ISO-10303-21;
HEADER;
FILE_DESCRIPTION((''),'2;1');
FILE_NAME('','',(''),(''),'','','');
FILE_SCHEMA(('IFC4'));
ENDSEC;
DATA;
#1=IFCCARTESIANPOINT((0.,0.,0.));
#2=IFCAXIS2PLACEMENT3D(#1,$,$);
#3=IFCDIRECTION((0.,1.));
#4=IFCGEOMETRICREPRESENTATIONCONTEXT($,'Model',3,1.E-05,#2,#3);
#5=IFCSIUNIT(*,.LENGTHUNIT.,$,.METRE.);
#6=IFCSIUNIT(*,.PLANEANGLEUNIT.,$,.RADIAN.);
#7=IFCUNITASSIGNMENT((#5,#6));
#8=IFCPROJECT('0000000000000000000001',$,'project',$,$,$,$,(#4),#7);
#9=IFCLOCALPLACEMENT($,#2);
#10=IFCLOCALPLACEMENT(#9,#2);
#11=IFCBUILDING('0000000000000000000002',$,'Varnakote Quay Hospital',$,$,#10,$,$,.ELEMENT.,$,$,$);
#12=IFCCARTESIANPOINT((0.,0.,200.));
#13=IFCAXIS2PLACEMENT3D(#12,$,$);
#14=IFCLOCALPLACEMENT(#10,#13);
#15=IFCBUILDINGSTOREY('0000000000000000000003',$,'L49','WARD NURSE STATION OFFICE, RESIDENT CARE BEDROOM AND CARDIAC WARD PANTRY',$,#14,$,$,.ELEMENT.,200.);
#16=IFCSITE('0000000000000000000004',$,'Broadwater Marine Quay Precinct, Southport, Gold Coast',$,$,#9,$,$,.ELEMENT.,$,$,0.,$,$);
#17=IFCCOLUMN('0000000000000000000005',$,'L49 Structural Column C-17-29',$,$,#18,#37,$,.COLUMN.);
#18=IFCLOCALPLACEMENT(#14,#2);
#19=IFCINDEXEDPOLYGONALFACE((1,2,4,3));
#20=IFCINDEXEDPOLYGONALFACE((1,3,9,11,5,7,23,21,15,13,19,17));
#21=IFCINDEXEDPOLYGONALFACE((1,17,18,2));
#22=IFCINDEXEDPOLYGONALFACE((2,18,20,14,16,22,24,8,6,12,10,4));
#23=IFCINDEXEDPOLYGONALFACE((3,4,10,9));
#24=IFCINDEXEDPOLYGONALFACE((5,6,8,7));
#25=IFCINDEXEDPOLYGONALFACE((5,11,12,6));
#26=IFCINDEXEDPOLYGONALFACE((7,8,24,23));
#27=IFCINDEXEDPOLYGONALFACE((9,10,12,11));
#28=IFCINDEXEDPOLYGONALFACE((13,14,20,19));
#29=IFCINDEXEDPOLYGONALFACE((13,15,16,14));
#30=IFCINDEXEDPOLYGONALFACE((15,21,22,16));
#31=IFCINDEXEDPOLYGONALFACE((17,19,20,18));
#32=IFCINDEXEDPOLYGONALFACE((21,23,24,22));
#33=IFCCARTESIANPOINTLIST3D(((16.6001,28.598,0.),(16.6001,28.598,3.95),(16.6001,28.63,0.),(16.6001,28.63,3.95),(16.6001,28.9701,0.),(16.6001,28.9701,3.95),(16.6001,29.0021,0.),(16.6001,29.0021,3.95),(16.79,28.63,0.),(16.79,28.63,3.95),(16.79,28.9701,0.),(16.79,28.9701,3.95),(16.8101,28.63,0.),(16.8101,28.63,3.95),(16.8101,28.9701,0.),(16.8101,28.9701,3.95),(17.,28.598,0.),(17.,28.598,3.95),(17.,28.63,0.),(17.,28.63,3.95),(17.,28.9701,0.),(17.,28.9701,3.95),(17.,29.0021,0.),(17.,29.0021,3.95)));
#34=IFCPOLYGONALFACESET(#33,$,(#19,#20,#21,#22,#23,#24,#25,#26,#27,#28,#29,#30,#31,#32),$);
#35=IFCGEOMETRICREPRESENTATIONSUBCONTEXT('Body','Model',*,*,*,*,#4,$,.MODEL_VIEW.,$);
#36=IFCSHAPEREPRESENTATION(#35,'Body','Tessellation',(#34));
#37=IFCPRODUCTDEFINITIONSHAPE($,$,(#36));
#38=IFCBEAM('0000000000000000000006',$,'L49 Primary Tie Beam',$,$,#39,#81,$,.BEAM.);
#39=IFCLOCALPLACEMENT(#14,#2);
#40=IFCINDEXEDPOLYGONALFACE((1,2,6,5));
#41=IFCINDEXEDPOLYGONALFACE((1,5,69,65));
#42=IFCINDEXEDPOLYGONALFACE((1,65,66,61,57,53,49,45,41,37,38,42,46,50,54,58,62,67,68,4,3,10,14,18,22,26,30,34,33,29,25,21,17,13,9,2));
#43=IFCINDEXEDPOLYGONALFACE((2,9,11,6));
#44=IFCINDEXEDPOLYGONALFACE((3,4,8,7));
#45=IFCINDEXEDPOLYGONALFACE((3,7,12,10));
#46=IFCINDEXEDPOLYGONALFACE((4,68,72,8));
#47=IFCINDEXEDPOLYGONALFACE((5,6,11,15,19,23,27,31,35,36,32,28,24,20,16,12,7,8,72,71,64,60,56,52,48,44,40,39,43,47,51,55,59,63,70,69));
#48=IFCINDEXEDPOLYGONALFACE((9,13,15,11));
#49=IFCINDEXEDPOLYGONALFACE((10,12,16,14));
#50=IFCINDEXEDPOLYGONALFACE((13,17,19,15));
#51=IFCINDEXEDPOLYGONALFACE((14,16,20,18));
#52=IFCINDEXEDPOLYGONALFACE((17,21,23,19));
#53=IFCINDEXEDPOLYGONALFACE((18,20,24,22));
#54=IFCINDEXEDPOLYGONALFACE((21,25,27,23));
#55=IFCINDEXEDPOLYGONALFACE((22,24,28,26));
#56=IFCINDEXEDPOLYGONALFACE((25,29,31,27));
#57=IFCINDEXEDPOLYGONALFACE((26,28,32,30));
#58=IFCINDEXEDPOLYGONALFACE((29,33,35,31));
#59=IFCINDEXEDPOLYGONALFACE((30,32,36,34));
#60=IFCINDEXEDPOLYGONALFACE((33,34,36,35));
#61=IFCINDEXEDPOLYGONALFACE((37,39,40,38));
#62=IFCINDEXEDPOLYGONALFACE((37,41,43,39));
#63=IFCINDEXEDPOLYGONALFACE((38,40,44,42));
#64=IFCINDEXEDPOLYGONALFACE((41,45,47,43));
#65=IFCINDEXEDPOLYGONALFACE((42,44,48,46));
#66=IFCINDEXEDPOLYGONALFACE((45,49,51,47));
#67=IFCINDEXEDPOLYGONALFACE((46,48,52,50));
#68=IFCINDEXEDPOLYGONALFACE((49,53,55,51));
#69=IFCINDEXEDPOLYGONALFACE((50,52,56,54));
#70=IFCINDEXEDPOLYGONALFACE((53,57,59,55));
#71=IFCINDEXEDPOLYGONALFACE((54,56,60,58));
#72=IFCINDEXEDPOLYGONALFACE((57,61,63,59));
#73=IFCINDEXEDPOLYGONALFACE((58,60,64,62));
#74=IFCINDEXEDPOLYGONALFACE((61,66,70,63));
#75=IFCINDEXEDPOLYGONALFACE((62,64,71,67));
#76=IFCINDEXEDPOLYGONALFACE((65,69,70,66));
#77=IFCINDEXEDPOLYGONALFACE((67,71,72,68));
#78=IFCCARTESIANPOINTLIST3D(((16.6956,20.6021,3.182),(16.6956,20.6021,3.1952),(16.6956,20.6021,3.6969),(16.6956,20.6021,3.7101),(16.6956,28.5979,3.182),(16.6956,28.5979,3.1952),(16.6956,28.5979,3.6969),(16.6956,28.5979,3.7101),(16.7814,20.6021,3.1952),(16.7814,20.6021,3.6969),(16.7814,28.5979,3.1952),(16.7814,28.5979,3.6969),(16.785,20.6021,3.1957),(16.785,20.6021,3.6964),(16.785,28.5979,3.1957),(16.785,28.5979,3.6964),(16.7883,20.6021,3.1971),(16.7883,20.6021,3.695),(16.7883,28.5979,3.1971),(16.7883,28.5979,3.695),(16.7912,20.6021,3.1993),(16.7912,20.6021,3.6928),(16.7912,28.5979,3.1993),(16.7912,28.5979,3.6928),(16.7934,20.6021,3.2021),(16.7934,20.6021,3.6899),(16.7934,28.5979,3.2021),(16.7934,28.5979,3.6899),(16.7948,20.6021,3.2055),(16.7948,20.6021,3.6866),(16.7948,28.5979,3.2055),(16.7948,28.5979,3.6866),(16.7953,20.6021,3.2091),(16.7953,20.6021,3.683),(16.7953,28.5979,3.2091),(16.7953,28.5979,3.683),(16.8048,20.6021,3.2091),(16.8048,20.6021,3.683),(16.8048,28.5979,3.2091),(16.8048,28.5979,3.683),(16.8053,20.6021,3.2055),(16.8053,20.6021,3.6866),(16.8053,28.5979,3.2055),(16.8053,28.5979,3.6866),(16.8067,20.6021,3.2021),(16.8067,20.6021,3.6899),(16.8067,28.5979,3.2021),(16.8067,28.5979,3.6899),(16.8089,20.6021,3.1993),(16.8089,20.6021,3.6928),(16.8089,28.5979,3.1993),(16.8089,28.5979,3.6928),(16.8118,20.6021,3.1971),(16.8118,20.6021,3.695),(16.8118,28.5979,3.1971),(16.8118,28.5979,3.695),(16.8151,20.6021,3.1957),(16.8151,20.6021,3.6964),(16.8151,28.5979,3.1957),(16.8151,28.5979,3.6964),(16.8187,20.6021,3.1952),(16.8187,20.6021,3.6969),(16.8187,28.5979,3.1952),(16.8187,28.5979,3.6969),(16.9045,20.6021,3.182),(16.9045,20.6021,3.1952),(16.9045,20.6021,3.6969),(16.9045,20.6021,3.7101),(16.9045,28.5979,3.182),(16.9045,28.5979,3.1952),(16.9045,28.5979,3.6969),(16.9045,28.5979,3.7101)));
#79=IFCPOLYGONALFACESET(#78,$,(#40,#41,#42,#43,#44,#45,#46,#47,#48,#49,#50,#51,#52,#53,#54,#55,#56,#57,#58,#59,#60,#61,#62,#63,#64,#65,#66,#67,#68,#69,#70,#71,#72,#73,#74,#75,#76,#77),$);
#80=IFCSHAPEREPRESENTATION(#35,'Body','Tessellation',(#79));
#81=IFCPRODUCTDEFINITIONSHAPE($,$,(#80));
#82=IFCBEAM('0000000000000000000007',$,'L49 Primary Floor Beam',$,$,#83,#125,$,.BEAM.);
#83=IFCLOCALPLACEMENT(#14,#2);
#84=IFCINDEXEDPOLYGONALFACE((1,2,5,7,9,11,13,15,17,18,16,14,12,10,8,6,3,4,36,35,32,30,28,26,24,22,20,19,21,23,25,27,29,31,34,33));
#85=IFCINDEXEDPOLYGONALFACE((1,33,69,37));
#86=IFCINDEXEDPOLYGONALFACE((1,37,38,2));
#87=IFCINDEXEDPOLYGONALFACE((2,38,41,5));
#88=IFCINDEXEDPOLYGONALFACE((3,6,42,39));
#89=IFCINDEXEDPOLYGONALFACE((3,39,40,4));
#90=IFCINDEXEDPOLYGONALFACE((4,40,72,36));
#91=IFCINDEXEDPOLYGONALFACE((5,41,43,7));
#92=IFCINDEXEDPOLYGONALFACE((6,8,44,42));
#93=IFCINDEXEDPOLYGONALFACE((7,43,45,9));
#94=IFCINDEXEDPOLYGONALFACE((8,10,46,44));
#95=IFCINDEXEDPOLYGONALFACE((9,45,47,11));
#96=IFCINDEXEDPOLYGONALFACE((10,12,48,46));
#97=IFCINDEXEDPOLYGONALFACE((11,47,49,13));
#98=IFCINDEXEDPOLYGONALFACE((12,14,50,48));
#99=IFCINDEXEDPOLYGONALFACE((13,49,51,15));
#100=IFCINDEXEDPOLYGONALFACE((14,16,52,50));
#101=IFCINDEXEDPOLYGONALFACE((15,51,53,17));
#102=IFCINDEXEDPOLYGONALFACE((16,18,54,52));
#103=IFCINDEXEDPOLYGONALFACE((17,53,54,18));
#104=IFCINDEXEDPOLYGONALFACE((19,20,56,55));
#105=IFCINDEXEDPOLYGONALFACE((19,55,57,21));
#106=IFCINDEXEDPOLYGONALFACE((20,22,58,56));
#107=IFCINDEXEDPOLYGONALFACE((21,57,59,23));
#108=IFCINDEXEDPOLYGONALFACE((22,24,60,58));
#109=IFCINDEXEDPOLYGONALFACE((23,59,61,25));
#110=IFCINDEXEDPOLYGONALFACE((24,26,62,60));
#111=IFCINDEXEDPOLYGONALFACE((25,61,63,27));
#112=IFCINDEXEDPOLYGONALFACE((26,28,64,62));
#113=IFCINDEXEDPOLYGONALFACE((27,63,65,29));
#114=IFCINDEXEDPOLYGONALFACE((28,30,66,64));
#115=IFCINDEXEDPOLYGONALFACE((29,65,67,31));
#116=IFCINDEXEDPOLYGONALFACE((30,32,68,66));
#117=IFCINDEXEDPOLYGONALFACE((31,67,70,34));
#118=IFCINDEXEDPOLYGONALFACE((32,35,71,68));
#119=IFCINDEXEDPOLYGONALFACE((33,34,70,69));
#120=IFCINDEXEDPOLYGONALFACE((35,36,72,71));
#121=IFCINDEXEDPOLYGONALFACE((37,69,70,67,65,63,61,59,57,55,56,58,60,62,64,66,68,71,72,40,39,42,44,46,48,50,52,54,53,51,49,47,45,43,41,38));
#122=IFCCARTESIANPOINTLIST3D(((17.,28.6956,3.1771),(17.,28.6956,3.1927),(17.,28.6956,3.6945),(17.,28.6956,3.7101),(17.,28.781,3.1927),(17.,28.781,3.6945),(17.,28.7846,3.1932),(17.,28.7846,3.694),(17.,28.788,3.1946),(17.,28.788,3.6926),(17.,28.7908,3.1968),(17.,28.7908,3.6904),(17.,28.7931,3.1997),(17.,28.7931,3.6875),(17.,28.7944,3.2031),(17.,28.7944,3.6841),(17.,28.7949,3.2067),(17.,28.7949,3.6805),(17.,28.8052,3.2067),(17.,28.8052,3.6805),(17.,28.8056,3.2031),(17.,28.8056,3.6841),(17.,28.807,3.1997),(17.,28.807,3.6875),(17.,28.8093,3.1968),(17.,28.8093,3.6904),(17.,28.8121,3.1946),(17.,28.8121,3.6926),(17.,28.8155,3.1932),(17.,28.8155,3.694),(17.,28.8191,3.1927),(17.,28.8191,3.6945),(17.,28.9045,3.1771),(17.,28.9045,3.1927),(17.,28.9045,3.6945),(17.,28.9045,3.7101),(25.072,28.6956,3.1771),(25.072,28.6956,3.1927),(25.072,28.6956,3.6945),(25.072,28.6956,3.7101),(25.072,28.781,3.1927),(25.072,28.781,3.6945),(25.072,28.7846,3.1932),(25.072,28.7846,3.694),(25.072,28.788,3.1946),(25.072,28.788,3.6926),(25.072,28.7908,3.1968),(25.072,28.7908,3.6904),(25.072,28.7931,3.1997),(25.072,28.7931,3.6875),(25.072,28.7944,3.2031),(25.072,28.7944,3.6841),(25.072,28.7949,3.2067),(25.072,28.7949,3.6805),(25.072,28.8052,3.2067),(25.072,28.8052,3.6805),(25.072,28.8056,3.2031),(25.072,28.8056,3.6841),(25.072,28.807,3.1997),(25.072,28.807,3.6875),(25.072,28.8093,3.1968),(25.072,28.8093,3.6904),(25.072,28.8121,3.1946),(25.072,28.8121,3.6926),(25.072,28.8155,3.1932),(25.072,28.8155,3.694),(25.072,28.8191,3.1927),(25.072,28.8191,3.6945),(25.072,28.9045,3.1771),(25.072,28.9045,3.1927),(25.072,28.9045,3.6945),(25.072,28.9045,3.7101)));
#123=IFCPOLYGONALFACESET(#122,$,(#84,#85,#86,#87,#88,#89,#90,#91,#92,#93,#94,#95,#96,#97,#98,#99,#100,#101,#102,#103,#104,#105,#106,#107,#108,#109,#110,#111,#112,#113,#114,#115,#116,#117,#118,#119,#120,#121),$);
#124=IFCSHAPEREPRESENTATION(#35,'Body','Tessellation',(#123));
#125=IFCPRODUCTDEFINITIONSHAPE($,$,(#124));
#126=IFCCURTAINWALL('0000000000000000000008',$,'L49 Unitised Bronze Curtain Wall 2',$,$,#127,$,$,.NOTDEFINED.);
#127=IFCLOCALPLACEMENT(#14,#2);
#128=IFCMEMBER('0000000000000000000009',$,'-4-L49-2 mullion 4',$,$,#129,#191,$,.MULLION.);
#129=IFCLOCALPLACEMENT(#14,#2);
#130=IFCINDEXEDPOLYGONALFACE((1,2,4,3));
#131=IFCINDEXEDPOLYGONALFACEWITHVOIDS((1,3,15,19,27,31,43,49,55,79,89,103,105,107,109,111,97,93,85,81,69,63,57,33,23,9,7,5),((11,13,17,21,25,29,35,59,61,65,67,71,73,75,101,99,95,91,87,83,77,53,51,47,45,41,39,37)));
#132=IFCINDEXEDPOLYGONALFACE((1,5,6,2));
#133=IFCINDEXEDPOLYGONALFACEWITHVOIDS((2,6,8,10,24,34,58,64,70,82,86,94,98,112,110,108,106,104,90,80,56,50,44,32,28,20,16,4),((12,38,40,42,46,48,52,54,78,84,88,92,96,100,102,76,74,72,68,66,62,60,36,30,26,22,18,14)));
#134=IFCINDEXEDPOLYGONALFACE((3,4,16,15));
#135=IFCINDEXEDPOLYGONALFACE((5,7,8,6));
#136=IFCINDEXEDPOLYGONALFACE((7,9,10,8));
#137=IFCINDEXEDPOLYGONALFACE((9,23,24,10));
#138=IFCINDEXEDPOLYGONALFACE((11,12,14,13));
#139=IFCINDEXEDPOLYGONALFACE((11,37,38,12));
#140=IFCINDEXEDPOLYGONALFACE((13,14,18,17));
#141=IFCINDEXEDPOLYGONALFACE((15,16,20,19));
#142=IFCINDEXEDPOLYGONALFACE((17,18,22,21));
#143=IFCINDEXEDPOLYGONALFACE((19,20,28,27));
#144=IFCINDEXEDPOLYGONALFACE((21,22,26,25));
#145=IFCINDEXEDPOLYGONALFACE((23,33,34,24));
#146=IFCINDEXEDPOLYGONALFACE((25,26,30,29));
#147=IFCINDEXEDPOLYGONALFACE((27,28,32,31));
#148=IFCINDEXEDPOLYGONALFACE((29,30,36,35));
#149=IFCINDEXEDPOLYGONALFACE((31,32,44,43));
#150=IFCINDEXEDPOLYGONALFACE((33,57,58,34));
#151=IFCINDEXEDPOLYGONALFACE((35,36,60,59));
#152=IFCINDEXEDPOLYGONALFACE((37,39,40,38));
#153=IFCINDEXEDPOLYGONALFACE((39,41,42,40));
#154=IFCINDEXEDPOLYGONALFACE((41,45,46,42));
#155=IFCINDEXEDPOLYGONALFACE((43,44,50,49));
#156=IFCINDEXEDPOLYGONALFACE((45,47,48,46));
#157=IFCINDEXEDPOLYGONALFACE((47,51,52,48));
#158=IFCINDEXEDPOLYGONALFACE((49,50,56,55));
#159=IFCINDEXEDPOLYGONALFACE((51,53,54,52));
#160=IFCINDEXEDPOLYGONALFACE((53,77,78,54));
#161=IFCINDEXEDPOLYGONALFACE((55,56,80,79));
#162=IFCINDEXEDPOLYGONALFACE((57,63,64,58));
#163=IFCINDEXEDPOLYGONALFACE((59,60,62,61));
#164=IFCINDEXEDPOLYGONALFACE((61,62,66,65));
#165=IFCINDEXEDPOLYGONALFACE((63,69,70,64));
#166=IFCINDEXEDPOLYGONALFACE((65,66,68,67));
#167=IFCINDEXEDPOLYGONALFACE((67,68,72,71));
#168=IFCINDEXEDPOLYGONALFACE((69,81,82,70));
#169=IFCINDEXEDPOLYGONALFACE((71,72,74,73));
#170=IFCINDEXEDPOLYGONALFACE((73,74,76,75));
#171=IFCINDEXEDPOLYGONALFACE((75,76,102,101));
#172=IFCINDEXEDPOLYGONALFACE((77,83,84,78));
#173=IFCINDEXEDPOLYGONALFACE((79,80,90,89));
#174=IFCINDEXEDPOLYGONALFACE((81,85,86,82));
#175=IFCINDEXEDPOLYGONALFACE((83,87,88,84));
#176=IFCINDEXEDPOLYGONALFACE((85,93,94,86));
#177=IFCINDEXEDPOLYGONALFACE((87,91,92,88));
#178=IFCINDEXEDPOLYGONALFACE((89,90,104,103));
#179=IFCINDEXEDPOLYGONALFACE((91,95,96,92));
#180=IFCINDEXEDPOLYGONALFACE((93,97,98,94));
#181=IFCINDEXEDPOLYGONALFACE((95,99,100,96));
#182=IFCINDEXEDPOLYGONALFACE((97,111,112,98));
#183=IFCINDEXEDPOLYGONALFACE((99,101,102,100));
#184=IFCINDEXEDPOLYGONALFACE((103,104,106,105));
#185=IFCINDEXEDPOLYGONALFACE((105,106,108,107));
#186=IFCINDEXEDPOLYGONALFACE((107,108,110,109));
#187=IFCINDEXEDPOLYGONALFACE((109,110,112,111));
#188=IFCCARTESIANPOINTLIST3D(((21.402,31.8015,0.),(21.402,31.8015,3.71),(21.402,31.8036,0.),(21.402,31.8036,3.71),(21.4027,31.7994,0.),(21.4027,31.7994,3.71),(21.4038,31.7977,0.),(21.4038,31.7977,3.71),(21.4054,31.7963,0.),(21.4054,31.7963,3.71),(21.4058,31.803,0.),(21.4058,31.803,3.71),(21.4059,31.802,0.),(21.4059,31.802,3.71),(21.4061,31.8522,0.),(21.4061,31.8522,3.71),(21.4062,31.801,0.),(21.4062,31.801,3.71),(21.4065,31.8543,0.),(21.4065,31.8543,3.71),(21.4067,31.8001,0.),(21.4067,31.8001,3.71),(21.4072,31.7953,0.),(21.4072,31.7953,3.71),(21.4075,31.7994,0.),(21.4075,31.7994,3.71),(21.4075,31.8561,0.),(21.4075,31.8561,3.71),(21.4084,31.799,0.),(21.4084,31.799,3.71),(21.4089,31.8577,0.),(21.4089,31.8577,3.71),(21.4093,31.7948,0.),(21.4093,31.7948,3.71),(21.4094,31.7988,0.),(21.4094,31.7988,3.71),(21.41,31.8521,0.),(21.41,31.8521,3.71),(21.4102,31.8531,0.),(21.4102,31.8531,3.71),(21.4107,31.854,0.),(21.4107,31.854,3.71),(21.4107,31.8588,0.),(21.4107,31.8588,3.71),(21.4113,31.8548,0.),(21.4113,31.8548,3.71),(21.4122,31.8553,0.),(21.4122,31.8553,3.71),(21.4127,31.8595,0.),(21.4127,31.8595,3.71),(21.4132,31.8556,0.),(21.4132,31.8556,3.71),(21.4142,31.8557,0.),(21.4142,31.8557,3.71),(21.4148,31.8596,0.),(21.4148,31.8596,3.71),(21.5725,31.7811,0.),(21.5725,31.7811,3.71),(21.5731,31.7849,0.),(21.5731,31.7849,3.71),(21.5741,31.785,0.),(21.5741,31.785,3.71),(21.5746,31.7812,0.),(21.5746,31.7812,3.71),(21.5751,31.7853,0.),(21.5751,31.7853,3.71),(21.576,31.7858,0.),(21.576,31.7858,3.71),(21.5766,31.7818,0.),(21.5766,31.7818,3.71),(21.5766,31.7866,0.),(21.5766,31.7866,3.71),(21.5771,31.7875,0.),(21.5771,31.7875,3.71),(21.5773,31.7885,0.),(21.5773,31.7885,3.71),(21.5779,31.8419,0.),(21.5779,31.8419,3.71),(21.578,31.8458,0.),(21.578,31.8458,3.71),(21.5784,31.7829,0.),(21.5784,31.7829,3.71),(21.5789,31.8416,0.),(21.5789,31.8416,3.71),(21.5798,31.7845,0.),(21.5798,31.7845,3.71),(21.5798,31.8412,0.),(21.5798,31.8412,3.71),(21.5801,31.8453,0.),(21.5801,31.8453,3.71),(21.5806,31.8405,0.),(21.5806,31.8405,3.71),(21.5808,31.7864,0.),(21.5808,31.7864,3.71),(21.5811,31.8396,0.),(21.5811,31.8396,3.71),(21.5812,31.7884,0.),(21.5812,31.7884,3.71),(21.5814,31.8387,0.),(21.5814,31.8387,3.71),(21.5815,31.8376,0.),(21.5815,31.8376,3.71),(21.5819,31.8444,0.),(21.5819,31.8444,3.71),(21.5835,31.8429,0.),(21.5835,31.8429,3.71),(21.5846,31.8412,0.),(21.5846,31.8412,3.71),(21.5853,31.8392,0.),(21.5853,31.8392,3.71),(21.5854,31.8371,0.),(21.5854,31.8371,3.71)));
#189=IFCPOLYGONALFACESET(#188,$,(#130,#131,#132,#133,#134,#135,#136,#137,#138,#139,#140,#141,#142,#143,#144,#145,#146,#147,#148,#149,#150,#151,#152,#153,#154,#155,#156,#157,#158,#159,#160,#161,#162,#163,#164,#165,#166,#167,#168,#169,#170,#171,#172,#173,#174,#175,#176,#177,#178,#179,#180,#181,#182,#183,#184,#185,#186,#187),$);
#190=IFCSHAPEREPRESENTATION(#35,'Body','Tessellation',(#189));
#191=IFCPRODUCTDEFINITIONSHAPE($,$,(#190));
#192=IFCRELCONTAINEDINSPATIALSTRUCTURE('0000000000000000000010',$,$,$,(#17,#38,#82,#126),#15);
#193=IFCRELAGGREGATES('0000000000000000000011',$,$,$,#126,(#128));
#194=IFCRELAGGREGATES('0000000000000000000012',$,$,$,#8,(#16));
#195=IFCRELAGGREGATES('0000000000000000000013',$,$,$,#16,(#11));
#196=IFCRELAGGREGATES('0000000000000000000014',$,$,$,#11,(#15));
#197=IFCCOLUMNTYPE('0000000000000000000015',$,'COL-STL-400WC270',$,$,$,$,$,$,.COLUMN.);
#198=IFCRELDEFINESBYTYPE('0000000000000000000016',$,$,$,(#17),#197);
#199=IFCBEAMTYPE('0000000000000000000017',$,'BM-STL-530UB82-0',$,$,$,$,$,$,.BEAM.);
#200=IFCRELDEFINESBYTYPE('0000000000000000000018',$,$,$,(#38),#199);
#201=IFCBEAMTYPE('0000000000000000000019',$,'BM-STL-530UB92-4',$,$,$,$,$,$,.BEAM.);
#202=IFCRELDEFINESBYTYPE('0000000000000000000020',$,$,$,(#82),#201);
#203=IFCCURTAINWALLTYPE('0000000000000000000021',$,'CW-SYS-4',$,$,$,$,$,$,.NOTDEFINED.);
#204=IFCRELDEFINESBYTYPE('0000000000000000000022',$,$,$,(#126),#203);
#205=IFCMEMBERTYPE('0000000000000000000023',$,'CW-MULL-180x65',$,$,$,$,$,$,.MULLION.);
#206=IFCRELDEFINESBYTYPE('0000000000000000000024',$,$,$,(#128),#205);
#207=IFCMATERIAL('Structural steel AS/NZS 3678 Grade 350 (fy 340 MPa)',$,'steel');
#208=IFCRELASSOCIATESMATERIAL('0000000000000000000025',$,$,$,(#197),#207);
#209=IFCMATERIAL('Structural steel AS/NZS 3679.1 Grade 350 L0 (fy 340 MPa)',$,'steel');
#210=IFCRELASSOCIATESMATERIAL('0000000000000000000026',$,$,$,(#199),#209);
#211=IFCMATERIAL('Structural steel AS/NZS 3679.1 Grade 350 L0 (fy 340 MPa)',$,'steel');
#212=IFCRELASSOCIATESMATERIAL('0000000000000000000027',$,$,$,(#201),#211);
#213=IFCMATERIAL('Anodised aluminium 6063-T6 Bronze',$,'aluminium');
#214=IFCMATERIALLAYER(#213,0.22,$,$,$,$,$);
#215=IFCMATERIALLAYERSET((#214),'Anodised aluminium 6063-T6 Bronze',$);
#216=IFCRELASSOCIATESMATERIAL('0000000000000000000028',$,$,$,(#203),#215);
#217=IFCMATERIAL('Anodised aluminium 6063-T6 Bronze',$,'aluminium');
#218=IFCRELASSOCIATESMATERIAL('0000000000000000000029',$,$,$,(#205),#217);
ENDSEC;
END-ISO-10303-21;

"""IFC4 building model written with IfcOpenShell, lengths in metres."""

from ifc_helpers import new_model, si_unit, direction, frame, origin, origin_2d, place, context, subcontext, project, spatial, hollow_rectangle, i_section, extrude, material, layer, layer_set, material_profile, profile_set, type_object, element, aggregate, save


model = new_model("IFC4")

# Units and contexts
model_context = context("Model", 3, precision=1e-05, world=origin(), true_north=direction((0.0, 1.0)))
body_context = subcontext(model_context, "Body", "Model", "MODEL_VIEW")
ifc_project = project(units=[si_unit("LENGTHUNIT", "METRE"), si_unit("PLANEANGLEUNIT", "RADIAN")], contexts=[model_context])

# Site, building, storey
site_placement = place(None, origin())
site = spatial("IfcSite", under=ifc_project, at=site_placement, Name="Broadwater Marine Quay Precinct, Southport, Gold Coast", CompositionType="ELEMENT", RefElevation=0.0)
building_placement = place(site_placement, origin())
building = spatial("IfcBuilding", under=site, at=building_placement, Name="Varnakote Quay Hospital", CompositionType="ELEMENT")
storey_placement = place(building_placement, frame((0.0, 0.0, 200.0)))
storey = spatial("IfcBuildingStorey", under=building, at=storey_placement, Name="L49", Description="WARD NURSE STATION OFFICE, RESIDENT CARE BEDROOM AND CARDIAC WARD PANTRY", CompositionType="ELEMENT", Elevation=200.0)

# Column
ifc_material_1 = material(Name="Structural steel AS/NZS 3678 Grade 350 (fy 340 MPa)", Category="steel")
ifc_material_profile_1 = material_profile(ifc_material_1, i_section(OverallWidth=0.3999, OverallDepth=0.4041, WebThickness=0.02, FlangeThickness=0.032, at=origin_2d()), Name="400WC270")
ifc_profile_set_1 = profile_set([ifc_material_profile_1], Name="Structural steel AS/NZS 3678 Grade 350 (fy 340 MPa)")
column_type = type_object("IfcColumnType", Name="COL-STL-400WC270", PredefinedType="COLUMN", material=ifc_profile_set_1)
column_placement = place(storey_placement, frame((16.8, 28.8, 0.0), z_axis=(0.0, 0.0, 1.0), x_axis=(1.0, 0.0, 0.0)))
element("IfcColumn", 1, at=column_placement, inside=storey, type_object=column_type, Name="L49 Structural Column C-17-29", PredefinedType="COLUMN", context=body_context, shape_type="SweptSolid", body=[
    extrude(i_section(OverallWidth=0.3999, OverallDepth=0.4041, WebThickness=0.02, FlangeThickness=0.032, at=origin_2d()), origin(), (0.0, 0.0, 1.0), 3.95),
])

# Beams
ifc_material_2 = material(Name="Structural steel AS/NZS 3679.1 Grade 350 L0 (fy 340 MPa)", Category="steel")
ifc_material_profile_2 = material_profile(ifc_material_2, i_section(OverallWidth=0.209, OverallDepth=0.5281, WebThickness=0.0095, FlangeThickness=0.0132, FilletRadius=0.0139, at=origin_2d()), Name="530UB82.0")
ifc_profile_set_2 = profile_set([ifc_material_profile_2], Name="Structural steel AS/NZS 3679.1 Grade 350 L0 (fy 340 MPa)")
beam_type_1 = type_object("IfcBeamType", Name="BM-STL-530UB82-0", PredefinedType="BEAM", material=ifc_profile_set_2)
beam_1_placement = place(storey_placement, frame((16.8, 20.6021, 3.446), z_axis=(0.0, 1.0, 0.0), x_axis=(-1.0, 0.0, 0.0)))
element("IfcBeam", 2, at=beam_1_placement, inside=storey, type_object=beam_type_1, Name="L49 Primary Tie Beam", PredefinedType="BEAM", context=body_context, shape_type="SweptSolid", body=[
    extrude(i_section(OverallWidth=0.209, OverallDepth=0.5281, WebThickness=0.0095, FlangeThickness=0.0132, FilletRadius=0.0139, at=origin_2d()), origin(), (0.0, 0.0, 1.0), 7.9958),
])
ifc_material_3 = material(Name="Structural steel AS/NZS 3679.1 Grade 350 L0 (fy 340 MPa)", Category="steel")
ifc_material_profile_3 = material_profile(ifc_material_3, i_section(OverallWidth=0.209, OverallDepth=0.533, WebThickness=0.0103, FlangeThickness=0.0156, FilletRadius=0.0139, at=origin_2d()), Name="530UB92.4")
ifc_profile_set_3 = profile_set([ifc_material_profile_3], Name="Structural steel AS/NZS 3679.1 Grade 350 L0 (fy 340 MPa)")
beam_type_2 = type_object("IfcBeamType", Name="BM-STL-530UB92-4", PredefinedType="BEAM", material=ifc_profile_set_3)
beam_2_placement = place(storey_placement, frame((17.0, 28.8, 3.4436), z_axis=(1.0, 0.0, 0.0), x_axis=(0.0, 1.0, 0.0)))
element("IfcBeam", 3, at=beam_2_placement, inside=storey, type_object=beam_type_2, Name="L49 Primary Floor Beam", PredefinedType="BEAM", context=body_context, shape_type="SweptSolid", body=[
    extrude(i_section(OverallWidth=0.209, OverallDepth=0.533, WebThickness=0.0103, FlangeThickness=0.0156, FilletRadius=0.0139, at=origin_2d()), origin(), (0.0, 0.0, 1.0), 8.072),
])

# Curtain wall, member
ifc_material_4 = material(Name="Anodised aluminium 6063-T6 Bronze", Category="aluminium")
ifc_layer_1 = layer(ifc_material_4, 0.22)
ifc_layer_set_1 = layer_set([ifc_layer_1], Name="Anodised aluminium 6063-T6 Bronze")
curtain_wall_type = type_object("IfcCurtainWallType", Name="CW-SYS-4", PredefinedType="NOTDEFINED", material=ifc_layer_set_1)
curtain_wall_placement = place(storey_placement, origin())
curtain_wall = element("IfcCurtainWall", 4, at=curtain_wall_placement, inside=storey, type_object=curtain_wall_type, Name="L49 Unitised Bronze Curtain Wall 2", PredefinedType="NOTDEFINED")
ifc_material_5 = material(Name="Anodised aluminium 6063-T6 Bronze", Category="aluminium")
ifc_material_profile_4 = material_profile(ifc_material_5, hollow_rectangle(XDim=0.0649, YDim=0.1799, WallThickness=0.0039, InnerFilletRadius=0.0039, OuterFilletRadius=0.0081, at=origin_2d()), Name="CW-MULL-180x65")
ifc_profile_set_4 = profile_set([ifc_material_profile_4], Name="Anodised aluminium 6063-T6 Bronze")
member_type = type_object("IfcMemberType", Name="CW-MULL-180x65", PredefinedType="MULLION", material=ifc_profile_set_4)
member_placement = place(storey_placement, frame((21.4937, 31.8203, 0.0), z_axis=(0.0, 0.0, 1.0), x_axis=(-0.084136, -0.996454, 0.0)))
member = element("IfcMember", 5, at=member_placement, type_object=member_type, Name="-4-L49-2 mullion 4", PredefinedType="MULLION", context=body_context, shape_type="SweptSolid", body=[
    extrude(hollow_rectangle(XDim=0.0649, YDim=0.1799, WallThickness=0.0039, InnerFilletRadius=0.0039, OuterFilletRadius=0.0081, at=origin_2d()), origin(), (0.0, 0.0, 1.0), 3.71),
])

aggregate(curtain_wall, [member])

save(model, "model.ifc")
